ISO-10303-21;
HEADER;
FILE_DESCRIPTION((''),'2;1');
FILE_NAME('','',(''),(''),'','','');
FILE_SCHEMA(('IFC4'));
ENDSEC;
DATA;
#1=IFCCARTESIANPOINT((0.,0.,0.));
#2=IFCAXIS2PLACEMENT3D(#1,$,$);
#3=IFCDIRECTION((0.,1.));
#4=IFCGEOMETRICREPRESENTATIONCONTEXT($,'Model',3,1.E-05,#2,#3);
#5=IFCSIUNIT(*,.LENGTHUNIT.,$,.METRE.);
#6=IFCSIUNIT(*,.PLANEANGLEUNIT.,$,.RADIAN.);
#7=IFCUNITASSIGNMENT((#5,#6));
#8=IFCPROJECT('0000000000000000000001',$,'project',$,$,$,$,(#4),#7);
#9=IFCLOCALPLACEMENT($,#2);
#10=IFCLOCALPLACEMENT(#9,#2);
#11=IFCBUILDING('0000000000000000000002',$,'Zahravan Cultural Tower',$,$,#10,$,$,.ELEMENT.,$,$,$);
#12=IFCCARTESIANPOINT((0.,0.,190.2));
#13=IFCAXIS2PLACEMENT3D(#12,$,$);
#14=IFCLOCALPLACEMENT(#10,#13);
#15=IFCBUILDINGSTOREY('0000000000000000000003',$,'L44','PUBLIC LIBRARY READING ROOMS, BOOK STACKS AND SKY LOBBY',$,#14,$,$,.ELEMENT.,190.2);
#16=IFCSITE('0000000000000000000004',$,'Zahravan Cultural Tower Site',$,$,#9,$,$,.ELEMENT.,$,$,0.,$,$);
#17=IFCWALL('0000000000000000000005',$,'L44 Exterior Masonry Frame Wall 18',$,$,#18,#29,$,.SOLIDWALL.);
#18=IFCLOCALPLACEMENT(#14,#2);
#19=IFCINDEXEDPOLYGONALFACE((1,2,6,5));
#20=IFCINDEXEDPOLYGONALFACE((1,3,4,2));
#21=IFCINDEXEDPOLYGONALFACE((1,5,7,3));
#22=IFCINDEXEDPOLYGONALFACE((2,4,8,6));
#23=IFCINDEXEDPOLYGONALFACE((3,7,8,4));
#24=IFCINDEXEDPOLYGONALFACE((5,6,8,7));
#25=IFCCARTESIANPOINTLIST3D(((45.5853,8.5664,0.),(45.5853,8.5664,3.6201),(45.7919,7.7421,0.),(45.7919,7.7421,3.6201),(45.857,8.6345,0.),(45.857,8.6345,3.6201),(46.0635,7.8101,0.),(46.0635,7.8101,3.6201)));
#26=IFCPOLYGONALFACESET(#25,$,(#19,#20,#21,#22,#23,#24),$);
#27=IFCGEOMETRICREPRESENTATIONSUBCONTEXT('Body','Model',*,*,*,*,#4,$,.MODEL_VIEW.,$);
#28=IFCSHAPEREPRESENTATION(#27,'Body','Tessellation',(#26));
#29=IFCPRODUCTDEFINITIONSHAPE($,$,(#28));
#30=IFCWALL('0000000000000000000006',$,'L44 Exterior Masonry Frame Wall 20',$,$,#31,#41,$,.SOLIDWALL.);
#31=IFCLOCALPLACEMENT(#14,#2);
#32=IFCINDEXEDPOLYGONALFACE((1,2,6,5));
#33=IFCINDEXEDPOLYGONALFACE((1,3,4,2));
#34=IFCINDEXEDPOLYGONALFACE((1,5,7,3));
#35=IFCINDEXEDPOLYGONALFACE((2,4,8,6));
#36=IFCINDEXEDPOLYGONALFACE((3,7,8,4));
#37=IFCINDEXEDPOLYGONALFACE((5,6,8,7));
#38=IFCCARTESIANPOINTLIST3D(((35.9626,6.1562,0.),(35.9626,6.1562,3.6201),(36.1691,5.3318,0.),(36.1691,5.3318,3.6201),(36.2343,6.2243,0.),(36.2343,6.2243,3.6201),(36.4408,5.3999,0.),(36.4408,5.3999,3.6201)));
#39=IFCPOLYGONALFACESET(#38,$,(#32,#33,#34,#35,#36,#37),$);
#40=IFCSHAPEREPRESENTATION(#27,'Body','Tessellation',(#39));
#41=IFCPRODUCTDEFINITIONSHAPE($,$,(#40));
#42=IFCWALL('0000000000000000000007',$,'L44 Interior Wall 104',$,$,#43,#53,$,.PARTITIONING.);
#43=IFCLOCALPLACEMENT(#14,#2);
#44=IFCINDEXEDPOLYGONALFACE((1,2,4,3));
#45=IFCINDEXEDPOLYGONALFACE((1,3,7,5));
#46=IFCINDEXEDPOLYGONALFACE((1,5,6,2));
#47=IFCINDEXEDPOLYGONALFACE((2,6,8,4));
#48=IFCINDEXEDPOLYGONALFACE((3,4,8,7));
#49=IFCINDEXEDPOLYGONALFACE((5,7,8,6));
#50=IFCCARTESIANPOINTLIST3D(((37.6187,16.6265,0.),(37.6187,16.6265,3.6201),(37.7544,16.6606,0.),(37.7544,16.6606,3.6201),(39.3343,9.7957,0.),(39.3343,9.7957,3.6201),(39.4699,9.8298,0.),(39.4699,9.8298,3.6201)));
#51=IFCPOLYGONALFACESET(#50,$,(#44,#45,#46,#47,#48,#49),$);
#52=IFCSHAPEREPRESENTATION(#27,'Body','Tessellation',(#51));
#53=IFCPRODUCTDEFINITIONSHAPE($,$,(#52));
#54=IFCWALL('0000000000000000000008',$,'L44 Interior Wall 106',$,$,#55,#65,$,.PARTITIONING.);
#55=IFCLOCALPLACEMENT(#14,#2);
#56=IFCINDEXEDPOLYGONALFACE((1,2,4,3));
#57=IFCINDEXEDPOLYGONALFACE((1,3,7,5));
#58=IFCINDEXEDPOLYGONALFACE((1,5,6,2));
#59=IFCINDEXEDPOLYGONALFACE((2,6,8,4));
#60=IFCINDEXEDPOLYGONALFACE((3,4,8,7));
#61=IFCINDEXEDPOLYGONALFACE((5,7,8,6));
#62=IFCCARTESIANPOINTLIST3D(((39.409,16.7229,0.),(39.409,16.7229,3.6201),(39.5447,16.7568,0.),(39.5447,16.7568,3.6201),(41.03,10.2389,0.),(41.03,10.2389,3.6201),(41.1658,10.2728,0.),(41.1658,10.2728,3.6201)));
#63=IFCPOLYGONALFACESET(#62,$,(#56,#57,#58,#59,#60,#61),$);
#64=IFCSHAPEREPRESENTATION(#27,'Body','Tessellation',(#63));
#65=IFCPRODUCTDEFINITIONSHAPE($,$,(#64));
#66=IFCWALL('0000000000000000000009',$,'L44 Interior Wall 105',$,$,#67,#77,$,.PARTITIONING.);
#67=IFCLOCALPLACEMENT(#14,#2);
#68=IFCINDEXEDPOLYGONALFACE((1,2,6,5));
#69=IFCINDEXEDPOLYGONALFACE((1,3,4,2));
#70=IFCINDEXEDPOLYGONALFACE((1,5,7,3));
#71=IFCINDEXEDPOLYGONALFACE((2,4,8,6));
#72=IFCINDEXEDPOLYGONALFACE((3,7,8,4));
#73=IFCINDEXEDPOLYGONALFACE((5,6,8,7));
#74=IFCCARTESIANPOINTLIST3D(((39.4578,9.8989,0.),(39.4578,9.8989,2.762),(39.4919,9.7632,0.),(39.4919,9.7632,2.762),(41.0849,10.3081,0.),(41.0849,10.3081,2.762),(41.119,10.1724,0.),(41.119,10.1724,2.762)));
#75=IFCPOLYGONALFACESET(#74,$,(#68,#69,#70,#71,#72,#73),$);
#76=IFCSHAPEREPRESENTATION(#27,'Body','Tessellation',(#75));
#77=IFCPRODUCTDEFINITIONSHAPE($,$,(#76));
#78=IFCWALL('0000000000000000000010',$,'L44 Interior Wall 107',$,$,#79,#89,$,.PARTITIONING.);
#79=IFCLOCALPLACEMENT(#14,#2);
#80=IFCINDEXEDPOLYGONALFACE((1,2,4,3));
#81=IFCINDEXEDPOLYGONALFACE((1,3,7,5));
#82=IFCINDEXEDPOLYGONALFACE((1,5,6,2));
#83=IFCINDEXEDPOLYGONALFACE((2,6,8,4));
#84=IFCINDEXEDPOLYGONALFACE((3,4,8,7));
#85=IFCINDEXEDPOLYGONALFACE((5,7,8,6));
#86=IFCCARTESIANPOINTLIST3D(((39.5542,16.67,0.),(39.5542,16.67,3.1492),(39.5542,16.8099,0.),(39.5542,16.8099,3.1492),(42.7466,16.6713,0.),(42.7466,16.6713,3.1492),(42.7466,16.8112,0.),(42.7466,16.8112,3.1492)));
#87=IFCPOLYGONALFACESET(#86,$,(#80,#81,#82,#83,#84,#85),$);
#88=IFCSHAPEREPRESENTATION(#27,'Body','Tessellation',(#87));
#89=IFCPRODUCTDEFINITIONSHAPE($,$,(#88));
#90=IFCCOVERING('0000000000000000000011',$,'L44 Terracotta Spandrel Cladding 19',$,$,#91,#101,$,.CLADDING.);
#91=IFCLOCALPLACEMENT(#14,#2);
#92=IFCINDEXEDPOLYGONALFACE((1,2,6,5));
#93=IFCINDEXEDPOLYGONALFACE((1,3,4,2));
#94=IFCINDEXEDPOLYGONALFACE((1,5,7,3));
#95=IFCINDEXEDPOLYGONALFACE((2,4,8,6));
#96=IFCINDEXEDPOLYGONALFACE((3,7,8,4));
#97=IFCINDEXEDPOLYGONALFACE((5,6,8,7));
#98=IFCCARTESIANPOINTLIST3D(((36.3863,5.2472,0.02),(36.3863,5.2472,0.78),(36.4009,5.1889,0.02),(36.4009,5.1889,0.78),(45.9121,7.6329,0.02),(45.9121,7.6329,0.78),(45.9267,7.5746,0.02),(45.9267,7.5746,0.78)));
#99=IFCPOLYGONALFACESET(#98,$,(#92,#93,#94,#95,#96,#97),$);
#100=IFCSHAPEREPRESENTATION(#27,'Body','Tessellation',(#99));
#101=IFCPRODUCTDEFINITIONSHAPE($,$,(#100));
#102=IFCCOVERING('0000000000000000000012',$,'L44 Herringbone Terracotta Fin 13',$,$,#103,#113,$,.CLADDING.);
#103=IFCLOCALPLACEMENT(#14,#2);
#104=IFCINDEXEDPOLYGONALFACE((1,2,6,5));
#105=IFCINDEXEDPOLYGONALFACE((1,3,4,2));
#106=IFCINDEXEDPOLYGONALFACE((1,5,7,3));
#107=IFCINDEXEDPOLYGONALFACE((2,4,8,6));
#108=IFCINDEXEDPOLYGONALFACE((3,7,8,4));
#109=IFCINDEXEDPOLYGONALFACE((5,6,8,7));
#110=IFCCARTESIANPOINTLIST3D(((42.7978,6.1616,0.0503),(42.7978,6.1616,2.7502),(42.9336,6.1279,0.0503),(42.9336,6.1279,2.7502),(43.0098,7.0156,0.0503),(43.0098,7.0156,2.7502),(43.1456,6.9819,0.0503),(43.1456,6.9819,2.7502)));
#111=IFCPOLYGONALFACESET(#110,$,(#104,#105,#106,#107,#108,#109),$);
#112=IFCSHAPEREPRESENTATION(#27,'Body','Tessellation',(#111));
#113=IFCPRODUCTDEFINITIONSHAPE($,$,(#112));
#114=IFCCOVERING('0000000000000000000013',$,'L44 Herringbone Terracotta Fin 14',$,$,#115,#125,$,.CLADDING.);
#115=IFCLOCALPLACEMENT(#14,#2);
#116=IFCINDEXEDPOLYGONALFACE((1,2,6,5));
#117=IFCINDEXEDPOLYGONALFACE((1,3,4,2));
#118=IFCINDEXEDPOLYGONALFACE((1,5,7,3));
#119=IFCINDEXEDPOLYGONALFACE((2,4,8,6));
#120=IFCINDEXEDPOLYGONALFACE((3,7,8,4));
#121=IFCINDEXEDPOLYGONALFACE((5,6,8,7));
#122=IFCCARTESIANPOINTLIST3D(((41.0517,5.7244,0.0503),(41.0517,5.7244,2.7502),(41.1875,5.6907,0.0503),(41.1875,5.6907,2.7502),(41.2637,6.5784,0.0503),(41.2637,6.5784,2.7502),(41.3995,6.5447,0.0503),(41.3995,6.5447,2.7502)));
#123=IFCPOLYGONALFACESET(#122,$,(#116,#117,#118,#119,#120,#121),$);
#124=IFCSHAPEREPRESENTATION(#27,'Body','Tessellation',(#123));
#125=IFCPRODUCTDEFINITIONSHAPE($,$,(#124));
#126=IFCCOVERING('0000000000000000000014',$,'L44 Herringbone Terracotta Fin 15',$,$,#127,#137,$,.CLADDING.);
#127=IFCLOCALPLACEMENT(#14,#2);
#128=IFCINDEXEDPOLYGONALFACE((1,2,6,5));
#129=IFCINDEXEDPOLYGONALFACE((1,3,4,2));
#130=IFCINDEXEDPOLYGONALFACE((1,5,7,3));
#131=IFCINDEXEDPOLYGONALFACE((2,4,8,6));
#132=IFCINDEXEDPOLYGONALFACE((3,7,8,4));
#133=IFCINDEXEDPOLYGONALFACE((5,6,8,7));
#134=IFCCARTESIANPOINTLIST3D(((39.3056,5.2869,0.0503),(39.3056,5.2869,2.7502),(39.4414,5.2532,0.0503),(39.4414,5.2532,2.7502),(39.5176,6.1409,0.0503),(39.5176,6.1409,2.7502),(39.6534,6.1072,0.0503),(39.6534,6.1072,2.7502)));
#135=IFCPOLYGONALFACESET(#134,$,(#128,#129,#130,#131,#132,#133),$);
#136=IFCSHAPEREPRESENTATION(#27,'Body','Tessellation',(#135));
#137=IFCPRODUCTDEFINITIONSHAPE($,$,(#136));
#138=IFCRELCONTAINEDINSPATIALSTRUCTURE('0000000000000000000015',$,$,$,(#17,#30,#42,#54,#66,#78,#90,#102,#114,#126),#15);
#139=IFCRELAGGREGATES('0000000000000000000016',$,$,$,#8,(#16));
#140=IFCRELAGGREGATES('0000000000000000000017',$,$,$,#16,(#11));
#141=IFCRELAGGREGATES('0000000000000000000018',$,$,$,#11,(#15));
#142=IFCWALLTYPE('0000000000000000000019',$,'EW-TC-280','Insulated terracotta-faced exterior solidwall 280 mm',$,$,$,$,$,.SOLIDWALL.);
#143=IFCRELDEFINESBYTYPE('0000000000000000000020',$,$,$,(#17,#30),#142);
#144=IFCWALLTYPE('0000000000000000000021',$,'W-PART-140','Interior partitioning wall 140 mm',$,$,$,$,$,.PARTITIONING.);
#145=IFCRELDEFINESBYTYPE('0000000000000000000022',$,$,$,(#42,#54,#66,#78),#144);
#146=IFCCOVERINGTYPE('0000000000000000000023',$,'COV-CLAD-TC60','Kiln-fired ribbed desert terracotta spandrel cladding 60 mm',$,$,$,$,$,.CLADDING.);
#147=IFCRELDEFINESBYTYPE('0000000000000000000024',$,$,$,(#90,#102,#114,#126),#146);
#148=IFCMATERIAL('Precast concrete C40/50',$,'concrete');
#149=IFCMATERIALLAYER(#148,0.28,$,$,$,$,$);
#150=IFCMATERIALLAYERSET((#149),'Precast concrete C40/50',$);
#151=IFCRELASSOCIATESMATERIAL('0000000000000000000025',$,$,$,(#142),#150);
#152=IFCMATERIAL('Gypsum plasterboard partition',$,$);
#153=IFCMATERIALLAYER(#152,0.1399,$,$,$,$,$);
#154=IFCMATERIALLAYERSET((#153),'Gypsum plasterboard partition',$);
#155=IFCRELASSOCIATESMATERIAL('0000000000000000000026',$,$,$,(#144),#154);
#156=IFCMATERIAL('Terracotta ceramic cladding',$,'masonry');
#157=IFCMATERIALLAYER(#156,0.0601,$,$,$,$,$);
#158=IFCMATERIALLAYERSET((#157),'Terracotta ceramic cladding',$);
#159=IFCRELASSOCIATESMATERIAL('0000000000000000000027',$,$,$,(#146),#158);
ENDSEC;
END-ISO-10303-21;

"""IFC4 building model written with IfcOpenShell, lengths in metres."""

from ifc_helpers import new_model, si_unit, direction, frame, frame_2d, origin, origin_2d, place, context, subcontext, project, spatial, rectangle, extrude, source, transform, mapped, material, layer, layer_set, type_object, element, save


model = new_model("IFC4")

# Units and contexts
model_context = context("Model", 3, precision=1e-05, world=origin(), true_north=direction((0.0, 1.0)))
body_context = subcontext(model_context, "Body", "Model", "MODEL_VIEW")
ifc_project = project(units=[si_unit("LENGTHUNIT", "METRE"), si_unit("PLANEANGLEUNIT", "RADIAN")], contexts=[model_context])

# Site, building, storey
site_placement = place(None, origin())
site = spatial("IfcSite", under=ifc_project, at=site_placement, Name="Zahravan Cultural Tower Site", CompositionType="ELEMENT", RefElevation=0.0)
building_placement = place(site_placement, origin())
building = spatial("IfcBuilding", under=site, at=building_placement, Name="Zahravan Cultural Tower", CompositionType="ELEMENT")
storey_placement = place(building_placement, frame((0.0, 0.0, 190.2)))
storey = spatial("IfcBuildingStorey", under=building, at=storey_placement, Name="L44", Description="PUBLIC LIBRARY READING ROOMS, BOOK STACKS AND SKY LOBBY", CompositionType="ELEMENT", Elevation=190.2)

# Shared definitions
ifc_material_1 = material(Name="Precast concrete C40/50", Category="concrete")
ifc_layer_1 = layer(ifc_material_1, 0.28)
ifc_layer_set_1 = layer_set([ifc_layer_1], Name="Precast concrete C40/50")
wall_type_1 = type_object("IfcWallType", Name="EW-TC-280", Description="Insulated terracotta-faced exterior solidwall 280 mm", PredefinedType="SOLIDWALL", material=ifc_layer_set_1)

# Walls
shared_shape_1 = source(origin(), body_context, "Body", "SweptSolid", [
    extrude(rectangle(XDim=0.8499, YDim=0.28, at=frame_2d((0.4248, 0.0))), origin(), (0.0, 0.0, 1.0), 3.6201),
])
for number, where, z_axis, x_axis, name in (
    (1, (45.7212, 8.6003, 0.0), (0.0, 0.0, 1.0), (0.243009, -0.970024, 0.0), "L44 Exterior Masonry Frame Wall 18"),
    (2, (36.3049, 5.366, 0.0), (0.0, 0.0, 1.0), (-0.243009, 0.970024, 0.0), "L44 Exterior Masonry Frame Wall 20"),
):
    element("IfcWall", number, at=place(storey_placement, frame(where, z_axis=z_axis, x_axis=x_axis)), inside=storey, type_object=wall_type_1, Name=name, PredefinedType="SOLIDWALL", context=body_context, shape_type="MappedRepresentation", body=[
        mapped(shared_shape_1, transform((0.0, 0.0, 0.0), x_axis=(1.0, 0.0, 0.0), y_axis=(0.0, 1.0, 0.0), z_axis=(0.0, 0.0, 1.0), scale=1.0)),
    ])
ifc_material_2 = material(Name="Gypsum plasterboard partition")
ifc_layer_2 = layer(ifc_material_2, 0.1399)
ifc_layer_set_2 = layer_set([ifc_layer_2], Name="Gypsum plasterboard partition")
wall_type_2 = type_object("IfcWallType", Name="W-PART-140", Description="Interior partitioning wall 140 mm", PredefinedType="PARTITIONING", material=ifc_layer_set_2)
shared_shape_2 = source(origin(), body_context, "Body", "SweptSolid", [
    extrude(rectangle(XDim=7.043, YDim=0.1399, at=frame_2d((3.5215, 0.0))), origin(), (0.0, 0.0, 1.0), 3.6201),
])
wall_1_placement = place(storey_placement, frame((37.6865, 16.6436, 0.0), z_axis=(0.0, 0.0, 1.0), x_axis=(0.243588, -0.969879, 0.0)))
element("IfcWall", 3, at=wall_1_placement, inside=storey, type_object=wall_type_2, Name="L44 Interior Wall 104", PredefinedType="PARTITIONING", context=body_context, shape_type="MappedRepresentation", body=[
    mapped(shared_shape_2, transform((0.0, 0.0, 0.0), x_axis=(1.0, 0.0, 0.0), y_axis=(0.0, 1.0, 0.0), z_axis=(0.0, 0.0, 1.0), scale=1.0)),
])
shared_shape_3 = source(origin(), body_context, "Body", "SweptSolid", [
    extrude(rectangle(XDim=6.6836, YDim=0.1399, at=frame_2d((3.3418, 0.0))), origin(), (0.0, 0.0, 1.0), 3.6201),
])
wall_2_placement = place(storey_placement, frame((41.0979, 10.2559, 0.0), z_axis=(0.0, 0.0, 1.0), x_axis=(-0.242544, 0.97014, 0.0)))
element("IfcWall", 4, at=wall_2_placement, inside=storey, type_object=wall_type_2, Name="L44 Interior Wall 106", PredefinedType="PARTITIONING", context=body_context, shape_type="MappedRepresentation", body=[
    mapped(shared_shape_3, transform((0.0, 0.0, 0.0), x_axis=(1.0, 0.0, 0.0), y_axis=(0.0, 1.0, 0.0), z_axis=(0.0, 0.0, 1.0), scale=1.0)),
])
shared_shape_4 = source(origin(), body_context, "Body", "SweptSolid", [
    extrude(rectangle(XDim=1.6777, YDim=0.1399, at=frame_2d((0.8389, 0.0))), origin(), (0.0, 0.0, 1.0), 2.762),
])
wall_3_placement = place(storey_placement, frame((39.4749, 9.8311, 0.0), z_axis=(0.0, 0.0, 1.0), x_axis=(0.969799, 0.243905, 0.0)))
element("IfcWall", 5, at=wall_3_placement, inside=storey, type_object=wall_type_2, Name="L44 Interior Wall 105", PredefinedType="PARTITIONING", context=body_context, shape_type="MappedRepresentation", body=[
    mapped(shared_shape_4, transform((0.0, 0.0, 0.0), x_axis=(1.0, 0.0, 0.0), y_axis=(0.0, 1.0, 0.0), z_axis=(0.0, 0.0, 1.0), scale=1.0)),
])
shared_shape_5 = source(origin(), body_context, "Body", "SweptSolid", [
    extrude(rectangle(XDim=3.1924, YDim=0.1399, at=frame_2d((1.5962, 0.0))), origin(), (0.0, 0.0, 1.0), 3.1492),
])
wall_4_placement = place(storey_placement, frame((39.5542, 16.74, 0.0), z_axis=(0.0, 0.0, 1.0), x_axis=(1.0, 0.000382, 0.0)))
element("IfcWall", 6, at=wall_4_placement, inside=storey, type_object=wall_type_2, Name="L44 Interior Wall 107", PredefinedType="PARTITIONING", context=body_context, shape_type="MappedRepresentation", body=[
    mapped(shared_shape_5, transform((0.0, 0.0, 0.0), x_axis=(1.0, 0.0, 0.0), y_axis=(0.0, 1.0, 0.0), z_axis=(0.0, 0.0, 1.0), scale=1.0)),
])

# Coverings
ifc_material_3 = material(Name="Terracotta ceramic cladding", Category="masonry")
ifc_layer_3 = layer(ifc_material_3, 0.0601)
ifc_layer_set_3 = layer_set([ifc_layer_3], Name="Terracotta ceramic cladding")
covering_type = type_object("IfcCoveringType", Name="COV-CLAD-TC60", Description="Kiln-fired ribbed desert terracotta spandrel cladding 60 mm", PredefinedType="CLADDING", material=ifc_layer_set_3)
shared_shape_6 = source(origin(), body_context, "Body", "SweptSolid", [
    extrude(rectangle(XDim=9.8201, YDim=0.0601, at=origin_2d()), origin(), (0.0, 0.0, 1.0), 0.76),
])
covering_placement = place(storey_placement, frame((41.1565, 6.4109, 0.02), z_axis=(0.0, 0.0, 1.0), x_axis=(-0.970042, -0.242938, 0.0)))
element("IfcCovering", 7, at=covering_placement, inside=storey, type_object=covering_type, Name="L44 Terracotta Spandrel Cladding 19", PredefinedType="CLADDING", context=body_context, shape_type="MappedRepresentation", body=[
    mapped(shared_shape_6, transform((0.0, 0.0, 0.0), x_axis=(1.0, 0.0, 0.0), y_axis=(0.0, 1.0, 0.0), z_axis=(0.0, 0.0, 1.0), scale=1.0)),
])
shared_shape_7 = source(origin(), body_context, "Body", "SweptSolid", [
    extrude(rectangle(XDim=0.8799, YDim=0.1399, at=origin_2d()), origin(), (0.0, 0.0, 1.0), 2.7),
])
for number, where, z_axis, x_axis, name in (
    (8, (42.9717, 6.5718, 0.0503), (0.0, 0.0, 1.0), (-0.240906, -0.970549, 0.0), "L44 Herringbone Terracotta Fin 13"),
    (9, (41.2256, 6.1345, 0.0503), (0.0, 0.0, 1.0), (-0.240906, -0.970549, 0.0), "L44 Herringbone Terracotta Fin 14"),
    (10, (39.4795, 5.697, 0.0503), (0.0, 0.0, 1.0), (-0.240906, -0.970549, 0.0), "L44 Herringbone Terracotta Fin 15"),
):
    element("IfcCovering", number, at=place(storey_placement, frame(where, z_axis=z_axis, x_axis=x_axis)), inside=storey, type_object=covering_type, Name=name, PredefinedType="CLADDING", context=body_context, shape_type="MappedRepresentation", body=[
        mapped(shared_shape_7, transform((0.0, 0.0, 0.0), x_axis=(1.0, 0.0, 0.0), y_axis=(0.0, 1.0, 0.0), z_axis=(0.0, 0.0, 1.0), scale=1.0)),
    ])

save(model, "model.ifc")
